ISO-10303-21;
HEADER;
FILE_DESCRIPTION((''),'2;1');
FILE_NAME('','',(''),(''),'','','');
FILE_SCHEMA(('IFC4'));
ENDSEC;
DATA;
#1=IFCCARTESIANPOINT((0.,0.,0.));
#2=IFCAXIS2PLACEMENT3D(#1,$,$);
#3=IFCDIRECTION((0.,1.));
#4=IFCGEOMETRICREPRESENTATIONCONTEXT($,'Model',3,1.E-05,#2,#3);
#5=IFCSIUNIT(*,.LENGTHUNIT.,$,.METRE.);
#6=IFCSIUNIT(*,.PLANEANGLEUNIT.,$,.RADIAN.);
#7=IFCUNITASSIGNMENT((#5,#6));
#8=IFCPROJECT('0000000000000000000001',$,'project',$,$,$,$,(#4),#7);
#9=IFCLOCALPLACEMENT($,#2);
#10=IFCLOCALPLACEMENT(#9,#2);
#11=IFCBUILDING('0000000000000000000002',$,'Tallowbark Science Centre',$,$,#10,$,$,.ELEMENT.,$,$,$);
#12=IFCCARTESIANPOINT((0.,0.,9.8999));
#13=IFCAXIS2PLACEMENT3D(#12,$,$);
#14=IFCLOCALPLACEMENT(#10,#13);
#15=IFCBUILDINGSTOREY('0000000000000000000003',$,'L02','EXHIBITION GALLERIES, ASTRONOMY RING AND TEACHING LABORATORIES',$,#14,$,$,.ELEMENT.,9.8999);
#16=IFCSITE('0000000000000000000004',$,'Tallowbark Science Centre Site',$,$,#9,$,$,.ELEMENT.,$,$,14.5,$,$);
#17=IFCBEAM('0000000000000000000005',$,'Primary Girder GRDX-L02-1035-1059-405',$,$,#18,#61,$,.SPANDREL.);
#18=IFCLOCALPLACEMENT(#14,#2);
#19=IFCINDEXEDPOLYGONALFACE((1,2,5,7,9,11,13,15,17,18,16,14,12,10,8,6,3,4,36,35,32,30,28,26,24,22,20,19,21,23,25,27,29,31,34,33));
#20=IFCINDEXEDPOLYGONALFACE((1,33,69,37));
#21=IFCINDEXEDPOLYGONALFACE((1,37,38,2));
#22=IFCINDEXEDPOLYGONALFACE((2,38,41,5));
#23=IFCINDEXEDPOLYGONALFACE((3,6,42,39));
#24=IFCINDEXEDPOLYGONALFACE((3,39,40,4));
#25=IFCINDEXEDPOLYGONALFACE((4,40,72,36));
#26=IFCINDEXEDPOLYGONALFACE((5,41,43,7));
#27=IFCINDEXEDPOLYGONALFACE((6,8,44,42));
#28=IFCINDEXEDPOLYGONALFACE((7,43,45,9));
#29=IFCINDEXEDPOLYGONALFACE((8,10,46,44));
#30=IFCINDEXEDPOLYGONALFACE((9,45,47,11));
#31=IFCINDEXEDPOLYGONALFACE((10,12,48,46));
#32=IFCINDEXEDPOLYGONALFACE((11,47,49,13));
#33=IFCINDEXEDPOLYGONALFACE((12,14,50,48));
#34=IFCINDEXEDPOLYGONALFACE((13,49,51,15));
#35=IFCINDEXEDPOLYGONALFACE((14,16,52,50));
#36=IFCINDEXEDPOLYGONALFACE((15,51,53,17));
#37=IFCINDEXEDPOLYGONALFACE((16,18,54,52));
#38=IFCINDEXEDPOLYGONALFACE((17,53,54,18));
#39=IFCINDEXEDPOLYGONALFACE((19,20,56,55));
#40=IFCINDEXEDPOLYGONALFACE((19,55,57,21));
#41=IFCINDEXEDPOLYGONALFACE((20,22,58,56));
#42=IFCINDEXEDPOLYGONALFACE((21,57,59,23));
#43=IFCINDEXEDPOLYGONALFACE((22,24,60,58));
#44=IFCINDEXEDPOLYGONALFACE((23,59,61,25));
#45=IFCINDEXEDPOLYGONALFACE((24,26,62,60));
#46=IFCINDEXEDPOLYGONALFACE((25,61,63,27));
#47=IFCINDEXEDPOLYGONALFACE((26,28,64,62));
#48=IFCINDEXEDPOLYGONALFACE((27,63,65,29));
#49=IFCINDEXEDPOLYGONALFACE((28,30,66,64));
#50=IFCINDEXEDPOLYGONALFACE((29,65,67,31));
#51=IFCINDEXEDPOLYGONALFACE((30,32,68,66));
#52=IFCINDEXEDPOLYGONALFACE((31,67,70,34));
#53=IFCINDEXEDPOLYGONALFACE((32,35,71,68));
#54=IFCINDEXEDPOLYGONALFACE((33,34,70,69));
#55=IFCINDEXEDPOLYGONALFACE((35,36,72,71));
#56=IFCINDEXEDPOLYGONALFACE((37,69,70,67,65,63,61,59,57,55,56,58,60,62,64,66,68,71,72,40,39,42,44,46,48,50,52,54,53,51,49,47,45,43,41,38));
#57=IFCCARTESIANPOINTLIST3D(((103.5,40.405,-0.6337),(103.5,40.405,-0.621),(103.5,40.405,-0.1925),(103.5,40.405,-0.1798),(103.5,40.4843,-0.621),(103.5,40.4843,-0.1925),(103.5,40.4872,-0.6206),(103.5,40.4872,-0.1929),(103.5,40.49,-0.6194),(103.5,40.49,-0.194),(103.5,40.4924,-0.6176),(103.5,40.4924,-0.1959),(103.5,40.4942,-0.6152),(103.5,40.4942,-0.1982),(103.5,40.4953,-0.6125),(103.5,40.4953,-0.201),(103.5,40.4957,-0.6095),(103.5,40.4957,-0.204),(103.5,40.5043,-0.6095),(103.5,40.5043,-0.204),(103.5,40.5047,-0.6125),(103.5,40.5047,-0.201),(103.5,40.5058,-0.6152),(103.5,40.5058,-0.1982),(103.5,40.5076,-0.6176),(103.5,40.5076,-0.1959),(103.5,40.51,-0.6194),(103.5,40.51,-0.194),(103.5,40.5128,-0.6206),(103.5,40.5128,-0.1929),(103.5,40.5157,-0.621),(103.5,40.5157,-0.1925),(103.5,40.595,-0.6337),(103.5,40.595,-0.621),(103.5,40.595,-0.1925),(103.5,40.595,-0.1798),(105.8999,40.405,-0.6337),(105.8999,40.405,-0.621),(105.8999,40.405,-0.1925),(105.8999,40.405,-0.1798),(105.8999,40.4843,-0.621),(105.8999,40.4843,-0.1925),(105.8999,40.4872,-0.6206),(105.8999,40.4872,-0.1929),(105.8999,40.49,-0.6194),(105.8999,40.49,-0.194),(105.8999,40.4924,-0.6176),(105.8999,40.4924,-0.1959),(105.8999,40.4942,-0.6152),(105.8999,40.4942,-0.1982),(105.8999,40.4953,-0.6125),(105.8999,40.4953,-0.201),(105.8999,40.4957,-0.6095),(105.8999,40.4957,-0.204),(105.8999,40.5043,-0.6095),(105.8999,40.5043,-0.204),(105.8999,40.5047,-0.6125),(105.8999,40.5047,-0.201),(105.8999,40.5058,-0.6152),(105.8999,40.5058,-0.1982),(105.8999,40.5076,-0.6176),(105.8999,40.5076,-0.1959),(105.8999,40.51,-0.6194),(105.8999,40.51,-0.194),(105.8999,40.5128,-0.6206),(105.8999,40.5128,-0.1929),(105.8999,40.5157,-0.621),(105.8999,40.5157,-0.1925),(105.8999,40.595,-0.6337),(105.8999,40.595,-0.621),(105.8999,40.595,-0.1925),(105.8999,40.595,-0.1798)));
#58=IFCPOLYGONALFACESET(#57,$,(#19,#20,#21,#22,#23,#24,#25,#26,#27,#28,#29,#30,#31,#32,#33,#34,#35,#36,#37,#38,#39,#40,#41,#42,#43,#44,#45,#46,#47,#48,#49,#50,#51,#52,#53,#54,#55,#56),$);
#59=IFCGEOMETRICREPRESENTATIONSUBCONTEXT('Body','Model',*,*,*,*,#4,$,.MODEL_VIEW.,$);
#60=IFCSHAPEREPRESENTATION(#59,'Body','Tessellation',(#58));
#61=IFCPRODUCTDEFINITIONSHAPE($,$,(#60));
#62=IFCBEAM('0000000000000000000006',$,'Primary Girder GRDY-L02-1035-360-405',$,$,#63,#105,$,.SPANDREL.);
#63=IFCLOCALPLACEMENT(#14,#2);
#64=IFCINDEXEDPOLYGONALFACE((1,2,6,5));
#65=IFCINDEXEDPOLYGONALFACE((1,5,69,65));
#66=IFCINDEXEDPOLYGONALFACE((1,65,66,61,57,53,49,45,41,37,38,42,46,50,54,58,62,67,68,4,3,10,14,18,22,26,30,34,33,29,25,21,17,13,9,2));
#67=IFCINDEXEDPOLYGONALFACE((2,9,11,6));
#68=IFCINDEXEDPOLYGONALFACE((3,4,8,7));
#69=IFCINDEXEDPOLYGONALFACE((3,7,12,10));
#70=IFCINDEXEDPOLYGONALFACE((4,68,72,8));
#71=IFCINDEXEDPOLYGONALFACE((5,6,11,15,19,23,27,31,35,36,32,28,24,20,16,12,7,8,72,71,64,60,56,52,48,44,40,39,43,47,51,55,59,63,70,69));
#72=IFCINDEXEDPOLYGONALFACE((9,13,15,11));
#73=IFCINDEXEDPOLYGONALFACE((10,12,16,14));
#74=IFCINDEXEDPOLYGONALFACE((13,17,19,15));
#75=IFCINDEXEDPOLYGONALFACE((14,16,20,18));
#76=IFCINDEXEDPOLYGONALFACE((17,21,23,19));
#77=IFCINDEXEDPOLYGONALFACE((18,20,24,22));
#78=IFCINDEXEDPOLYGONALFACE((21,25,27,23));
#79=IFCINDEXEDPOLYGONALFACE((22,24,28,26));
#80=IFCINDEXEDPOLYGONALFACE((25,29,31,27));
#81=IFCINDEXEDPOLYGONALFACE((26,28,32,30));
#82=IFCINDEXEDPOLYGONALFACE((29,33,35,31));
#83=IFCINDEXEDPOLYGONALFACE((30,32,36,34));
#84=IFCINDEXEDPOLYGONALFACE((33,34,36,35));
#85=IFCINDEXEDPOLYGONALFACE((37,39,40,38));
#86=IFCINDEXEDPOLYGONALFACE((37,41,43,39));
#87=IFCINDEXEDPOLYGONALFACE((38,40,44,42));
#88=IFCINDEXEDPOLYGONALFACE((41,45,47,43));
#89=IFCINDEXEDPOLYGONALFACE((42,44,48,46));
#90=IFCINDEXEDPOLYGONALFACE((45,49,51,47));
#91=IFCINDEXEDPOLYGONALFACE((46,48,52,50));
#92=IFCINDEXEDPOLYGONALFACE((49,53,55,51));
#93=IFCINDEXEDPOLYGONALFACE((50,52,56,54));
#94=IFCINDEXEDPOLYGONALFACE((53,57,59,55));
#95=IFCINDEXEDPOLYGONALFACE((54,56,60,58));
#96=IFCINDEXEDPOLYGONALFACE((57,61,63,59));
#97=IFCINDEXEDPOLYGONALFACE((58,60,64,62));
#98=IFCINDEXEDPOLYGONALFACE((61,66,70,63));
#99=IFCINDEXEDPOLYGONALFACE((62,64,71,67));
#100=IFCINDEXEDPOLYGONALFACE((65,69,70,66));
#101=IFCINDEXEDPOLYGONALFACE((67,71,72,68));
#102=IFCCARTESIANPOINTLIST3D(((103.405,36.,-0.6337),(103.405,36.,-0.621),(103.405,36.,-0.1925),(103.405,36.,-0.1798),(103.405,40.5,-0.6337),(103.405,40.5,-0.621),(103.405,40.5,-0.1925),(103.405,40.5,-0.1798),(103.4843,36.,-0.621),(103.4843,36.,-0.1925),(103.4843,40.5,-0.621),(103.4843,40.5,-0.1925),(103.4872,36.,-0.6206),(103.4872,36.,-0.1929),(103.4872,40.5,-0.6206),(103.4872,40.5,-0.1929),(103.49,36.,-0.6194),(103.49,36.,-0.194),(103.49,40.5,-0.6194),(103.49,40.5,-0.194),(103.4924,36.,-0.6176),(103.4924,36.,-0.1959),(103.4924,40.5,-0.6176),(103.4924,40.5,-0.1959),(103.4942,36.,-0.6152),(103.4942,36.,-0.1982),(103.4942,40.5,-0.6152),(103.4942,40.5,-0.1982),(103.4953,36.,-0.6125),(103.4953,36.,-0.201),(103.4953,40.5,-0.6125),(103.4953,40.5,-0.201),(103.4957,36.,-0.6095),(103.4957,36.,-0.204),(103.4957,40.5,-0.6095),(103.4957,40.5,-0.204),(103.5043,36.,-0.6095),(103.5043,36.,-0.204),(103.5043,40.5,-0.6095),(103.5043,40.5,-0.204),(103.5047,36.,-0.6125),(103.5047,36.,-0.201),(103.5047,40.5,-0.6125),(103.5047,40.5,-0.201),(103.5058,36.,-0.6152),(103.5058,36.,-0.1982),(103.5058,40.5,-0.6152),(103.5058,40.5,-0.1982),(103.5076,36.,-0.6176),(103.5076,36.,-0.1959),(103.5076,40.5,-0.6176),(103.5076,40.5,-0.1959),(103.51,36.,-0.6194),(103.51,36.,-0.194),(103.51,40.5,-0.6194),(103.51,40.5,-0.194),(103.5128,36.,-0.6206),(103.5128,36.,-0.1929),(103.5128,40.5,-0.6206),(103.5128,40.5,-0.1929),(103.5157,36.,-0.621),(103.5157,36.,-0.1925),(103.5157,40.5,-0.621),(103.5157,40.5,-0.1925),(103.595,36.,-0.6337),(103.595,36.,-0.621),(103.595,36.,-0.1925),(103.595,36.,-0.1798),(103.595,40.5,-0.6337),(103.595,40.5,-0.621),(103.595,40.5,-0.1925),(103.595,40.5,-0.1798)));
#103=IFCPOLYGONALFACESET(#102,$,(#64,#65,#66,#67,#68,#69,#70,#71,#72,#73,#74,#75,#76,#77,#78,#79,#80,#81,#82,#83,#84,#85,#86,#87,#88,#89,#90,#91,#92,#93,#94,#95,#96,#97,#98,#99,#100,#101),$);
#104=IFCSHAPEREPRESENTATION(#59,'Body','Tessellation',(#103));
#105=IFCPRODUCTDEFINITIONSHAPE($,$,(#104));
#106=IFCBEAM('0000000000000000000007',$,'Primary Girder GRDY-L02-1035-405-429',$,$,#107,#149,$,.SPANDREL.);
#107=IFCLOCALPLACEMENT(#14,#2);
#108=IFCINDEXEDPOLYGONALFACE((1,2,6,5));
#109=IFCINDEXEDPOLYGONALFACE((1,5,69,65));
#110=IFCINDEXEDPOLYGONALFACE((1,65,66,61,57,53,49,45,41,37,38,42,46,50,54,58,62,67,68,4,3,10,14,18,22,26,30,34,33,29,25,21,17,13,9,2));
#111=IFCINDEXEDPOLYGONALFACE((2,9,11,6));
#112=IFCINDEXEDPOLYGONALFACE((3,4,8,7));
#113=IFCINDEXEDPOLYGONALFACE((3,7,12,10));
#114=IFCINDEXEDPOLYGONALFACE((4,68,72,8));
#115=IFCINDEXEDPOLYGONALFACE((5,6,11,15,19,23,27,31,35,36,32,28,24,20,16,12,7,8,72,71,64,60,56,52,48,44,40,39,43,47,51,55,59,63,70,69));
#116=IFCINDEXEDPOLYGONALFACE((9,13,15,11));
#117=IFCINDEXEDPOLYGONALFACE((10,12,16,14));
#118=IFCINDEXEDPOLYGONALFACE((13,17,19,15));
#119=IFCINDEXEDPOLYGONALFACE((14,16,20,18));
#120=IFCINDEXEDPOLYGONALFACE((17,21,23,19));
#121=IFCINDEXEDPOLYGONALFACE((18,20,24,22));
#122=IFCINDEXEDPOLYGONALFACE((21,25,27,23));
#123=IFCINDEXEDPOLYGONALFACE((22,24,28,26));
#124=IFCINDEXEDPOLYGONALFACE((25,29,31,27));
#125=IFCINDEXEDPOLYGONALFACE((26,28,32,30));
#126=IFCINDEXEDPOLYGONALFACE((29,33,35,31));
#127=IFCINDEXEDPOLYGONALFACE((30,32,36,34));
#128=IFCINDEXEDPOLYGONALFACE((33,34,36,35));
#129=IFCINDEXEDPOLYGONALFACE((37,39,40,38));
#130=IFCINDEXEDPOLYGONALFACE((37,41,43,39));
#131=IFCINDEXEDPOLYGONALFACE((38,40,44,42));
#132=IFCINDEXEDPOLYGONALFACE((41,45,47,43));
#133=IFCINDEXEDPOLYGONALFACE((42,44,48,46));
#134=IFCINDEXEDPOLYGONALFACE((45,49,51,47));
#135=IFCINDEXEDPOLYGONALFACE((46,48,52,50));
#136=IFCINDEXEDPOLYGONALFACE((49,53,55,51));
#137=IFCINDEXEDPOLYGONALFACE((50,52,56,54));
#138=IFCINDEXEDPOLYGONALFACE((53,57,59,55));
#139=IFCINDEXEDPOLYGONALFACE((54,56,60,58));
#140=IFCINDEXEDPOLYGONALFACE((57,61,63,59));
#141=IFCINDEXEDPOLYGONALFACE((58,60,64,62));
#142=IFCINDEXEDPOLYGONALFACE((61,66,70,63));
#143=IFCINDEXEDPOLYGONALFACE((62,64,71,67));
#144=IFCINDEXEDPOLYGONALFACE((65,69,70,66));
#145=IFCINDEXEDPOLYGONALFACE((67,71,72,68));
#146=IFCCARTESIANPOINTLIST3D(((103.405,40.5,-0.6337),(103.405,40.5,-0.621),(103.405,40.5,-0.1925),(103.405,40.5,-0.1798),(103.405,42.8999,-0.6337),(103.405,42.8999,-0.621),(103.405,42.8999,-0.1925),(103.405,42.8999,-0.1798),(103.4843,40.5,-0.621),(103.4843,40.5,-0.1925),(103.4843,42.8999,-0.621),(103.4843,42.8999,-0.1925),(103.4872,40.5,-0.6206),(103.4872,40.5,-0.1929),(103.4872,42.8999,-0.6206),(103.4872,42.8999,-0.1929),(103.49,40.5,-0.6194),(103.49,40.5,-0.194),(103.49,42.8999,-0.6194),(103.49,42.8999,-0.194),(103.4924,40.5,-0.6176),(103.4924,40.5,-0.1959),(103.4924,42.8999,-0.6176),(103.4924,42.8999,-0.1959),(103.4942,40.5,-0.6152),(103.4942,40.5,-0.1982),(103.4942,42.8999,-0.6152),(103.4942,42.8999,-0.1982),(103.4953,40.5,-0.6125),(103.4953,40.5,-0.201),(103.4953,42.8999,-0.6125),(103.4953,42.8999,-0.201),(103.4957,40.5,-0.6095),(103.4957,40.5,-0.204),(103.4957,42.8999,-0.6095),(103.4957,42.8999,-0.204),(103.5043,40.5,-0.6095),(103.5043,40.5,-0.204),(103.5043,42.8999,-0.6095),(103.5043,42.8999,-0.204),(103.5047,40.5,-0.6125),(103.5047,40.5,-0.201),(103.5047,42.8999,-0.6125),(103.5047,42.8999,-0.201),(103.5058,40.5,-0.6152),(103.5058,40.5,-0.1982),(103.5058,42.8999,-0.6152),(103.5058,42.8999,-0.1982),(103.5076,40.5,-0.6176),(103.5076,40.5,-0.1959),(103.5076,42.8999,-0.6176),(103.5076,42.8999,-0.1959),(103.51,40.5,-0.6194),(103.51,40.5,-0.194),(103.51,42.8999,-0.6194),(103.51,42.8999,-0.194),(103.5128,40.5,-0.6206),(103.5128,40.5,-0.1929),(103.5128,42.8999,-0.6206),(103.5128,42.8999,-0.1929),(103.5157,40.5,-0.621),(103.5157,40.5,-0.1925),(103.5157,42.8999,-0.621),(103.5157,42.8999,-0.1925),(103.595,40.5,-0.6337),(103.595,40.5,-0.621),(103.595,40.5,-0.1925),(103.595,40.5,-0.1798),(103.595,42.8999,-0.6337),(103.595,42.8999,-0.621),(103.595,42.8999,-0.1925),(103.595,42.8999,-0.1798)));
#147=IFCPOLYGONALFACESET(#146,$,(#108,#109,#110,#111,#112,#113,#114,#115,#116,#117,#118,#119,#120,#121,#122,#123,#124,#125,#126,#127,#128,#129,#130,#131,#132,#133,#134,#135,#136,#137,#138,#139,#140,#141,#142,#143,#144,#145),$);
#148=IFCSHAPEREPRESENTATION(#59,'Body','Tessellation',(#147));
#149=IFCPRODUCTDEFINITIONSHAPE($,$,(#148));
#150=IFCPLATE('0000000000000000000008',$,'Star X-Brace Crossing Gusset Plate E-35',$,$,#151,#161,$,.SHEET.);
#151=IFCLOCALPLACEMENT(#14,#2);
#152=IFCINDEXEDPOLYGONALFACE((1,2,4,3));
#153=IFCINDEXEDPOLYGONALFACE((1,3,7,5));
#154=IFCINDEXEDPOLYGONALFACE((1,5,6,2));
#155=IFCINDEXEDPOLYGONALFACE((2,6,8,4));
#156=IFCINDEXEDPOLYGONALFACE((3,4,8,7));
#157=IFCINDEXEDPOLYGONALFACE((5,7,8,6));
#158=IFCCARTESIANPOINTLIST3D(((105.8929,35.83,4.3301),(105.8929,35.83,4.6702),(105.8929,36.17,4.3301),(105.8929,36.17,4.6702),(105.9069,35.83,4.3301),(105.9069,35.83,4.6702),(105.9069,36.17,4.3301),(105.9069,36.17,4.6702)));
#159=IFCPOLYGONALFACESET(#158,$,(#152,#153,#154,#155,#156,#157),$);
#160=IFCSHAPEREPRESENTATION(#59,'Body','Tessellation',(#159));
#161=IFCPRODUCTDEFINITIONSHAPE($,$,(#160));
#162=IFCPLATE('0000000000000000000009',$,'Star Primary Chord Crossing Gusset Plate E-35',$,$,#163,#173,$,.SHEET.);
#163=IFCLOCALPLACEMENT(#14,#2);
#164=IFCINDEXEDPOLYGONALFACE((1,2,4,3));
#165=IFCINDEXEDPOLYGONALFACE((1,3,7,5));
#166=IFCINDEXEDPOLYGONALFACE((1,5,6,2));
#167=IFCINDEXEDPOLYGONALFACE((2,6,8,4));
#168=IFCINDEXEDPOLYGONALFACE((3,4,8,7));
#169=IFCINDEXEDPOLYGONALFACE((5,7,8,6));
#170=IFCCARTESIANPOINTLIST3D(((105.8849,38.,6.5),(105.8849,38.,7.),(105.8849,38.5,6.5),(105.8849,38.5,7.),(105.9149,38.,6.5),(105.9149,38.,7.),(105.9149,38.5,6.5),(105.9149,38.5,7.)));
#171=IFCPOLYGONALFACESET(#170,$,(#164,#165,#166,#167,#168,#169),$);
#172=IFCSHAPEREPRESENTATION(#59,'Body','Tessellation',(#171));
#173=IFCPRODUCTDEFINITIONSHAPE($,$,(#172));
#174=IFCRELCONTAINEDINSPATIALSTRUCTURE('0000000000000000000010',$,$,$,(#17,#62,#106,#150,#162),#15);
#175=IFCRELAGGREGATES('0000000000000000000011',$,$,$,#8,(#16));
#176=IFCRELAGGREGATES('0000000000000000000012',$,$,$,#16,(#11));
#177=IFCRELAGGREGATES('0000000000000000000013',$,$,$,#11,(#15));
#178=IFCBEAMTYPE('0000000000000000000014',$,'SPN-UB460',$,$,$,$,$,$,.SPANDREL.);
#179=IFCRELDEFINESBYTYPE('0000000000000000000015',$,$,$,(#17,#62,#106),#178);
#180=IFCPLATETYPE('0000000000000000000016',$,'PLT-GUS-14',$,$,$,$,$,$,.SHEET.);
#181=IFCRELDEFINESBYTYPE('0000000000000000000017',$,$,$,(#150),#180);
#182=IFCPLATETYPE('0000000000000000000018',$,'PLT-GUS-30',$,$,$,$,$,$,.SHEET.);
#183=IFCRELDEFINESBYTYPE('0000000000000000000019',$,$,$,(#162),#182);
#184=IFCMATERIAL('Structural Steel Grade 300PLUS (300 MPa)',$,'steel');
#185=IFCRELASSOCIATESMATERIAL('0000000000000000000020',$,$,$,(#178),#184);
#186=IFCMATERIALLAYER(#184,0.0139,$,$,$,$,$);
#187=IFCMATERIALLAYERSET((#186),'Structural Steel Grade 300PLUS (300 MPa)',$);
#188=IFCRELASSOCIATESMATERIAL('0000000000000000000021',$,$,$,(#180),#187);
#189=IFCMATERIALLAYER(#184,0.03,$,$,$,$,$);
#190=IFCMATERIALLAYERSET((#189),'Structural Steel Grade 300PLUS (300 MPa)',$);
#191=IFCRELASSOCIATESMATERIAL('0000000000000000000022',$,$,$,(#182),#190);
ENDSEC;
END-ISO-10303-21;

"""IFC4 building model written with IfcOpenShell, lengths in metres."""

from ifc_helpers import new_model, si_unit, direction, frame, origin, origin_2d, place, context, subcontext, project, spatial, rectangle, i_section, extrude, material, layer, layer_set, material_profile, profile_set, type_object, element, save


model = new_model("IFC4")

# Units and contexts
model_context = context("Model", 3, precision=1e-05, world=origin(), true_north=direction((0.0, 1.0)))
body_context = subcontext(model_context, "Body", "Model", "MODEL_VIEW")
ifc_project = project(units=[si_unit("LENGTHUNIT", "METRE"), si_unit("PLANEANGLEUNIT", "RADIAN")], contexts=[model_context])

# Site, building, storey
site_placement = place(None, origin())
site = spatial("IfcSite", under=ifc_project, at=site_placement, Name="Tallowbark Science Centre Site", CompositionType="ELEMENT", RefElevation=14.5)
building_placement = place(site_placement, origin())
building = spatial("IfcBuilding", under=site, at=building_placement, Name="Tallowbark Science Centre", CompositionType="ELEMENT")
storey_placement = place(building_placement, frame((0.0, 0.0, 9.8999)))
storey = spatial("IfcBuildingStorey", under=building, at=storey_placement, Name="L02", Description="EXHIBITION GALLERIES, ASTRONOMY RING AND TEACHING LABORATORIES", CompositionType="ELEMENT", Elevation=9.8999)

# Shared definitions
ifc_material_1 = material(Name="Structural Steel Grade 300PLUS (300 MPa)", Category="steel")

# Beams
ifc_material_profile_1 = material_profile(ifc_material_1, i_section(OverallWidth=0.1899, OverallDepth=0.4539, WebThickness=0.0085, FlangeThickness=0.0127, FilletRadius=0.0115, at=origin_2d()), Name="460UB67.1")
ifc_profile_set_1 = profile_set([ifc_material_profile_1], Name="Structural Steel Grade 300PLUS (300 MPa)")
beam_type_1 = type_object("IfcBeamType", Name="SPN-UB460", PredefinedType="SPANDREL", material=ifc_profile_set_1)
beam_1_placement = place(storey_placement, frame((103.5, 40.5, -0.4067), z_axis=(1.0, 0.0, 0.0), x_axis=(0.0, 1.0, 0.0)))
element("IfcBeam", 1, at=beam_1_placement, inside=storey, type_object=beam_type_1, Name="Primary Girder GRDX-L02-1035-1059-405", PredefinedType="SPANDREL", context=body_context, shape_type="SweptSolid", body=[
    extrude(i_section(OverallWidth=0.1899, OverallDepth=0.4539, WebThickness=0.0085, FlangeThickness=0.0127, FilletRadius=0.0115, at=origin_2d()), origin(), (0.0, 0.0, 1.0), 2.3999),
])
beam_2_placement = place(storey_placement, frame((103.5, 36.0, -0.4067), z_axis=(0.0, 1.0, 0.0), x_axis=(-1.0, 0.0, 0.0)))
element("IfcBeam", 2, at=beam_2_placement, inside=storey, type_object=beam_type_1, Name="Primary Girder GRDY-L02-1035-360-405", PredefinedType="SPANDREL", context=body_context, shape_type="SweptSolid", body=[
    extrude(i_section(OverallWidth=0.1899, OverallDepth=0.4539, WebThickness=0.0085, FlangeThickness=0.0127, FilletRadius=0.0115, at=origin_2d()), origin(), (0.0, 0.0, 1.0), 4.5),
])
beam_3_placement = place(storey_placement, frame((103.5, 40.5, -0.4067), z_axis=(0.0, 1.0, 0.0), x_axis=(-1.0, 0.0, 0.0)))
element("IfcBeam", 3, at=beam_3_placement, inside=storey, type_object=beam_type_1, Name="Primary Girder GRDY-L02-1035-405-429", PredefinedType="SPANDREL", context=body_context, shape_type="SweptSolid", body=[
    extrude(i_section(OverallWidth=0.1899, OverallDepth=0.4539, WebThickness=0.0085, FlangeThickness=0.0127, FilletRadius=0.0115, at=origin_2d()), origin(), (0.0, 0.0, 1.0), 2.3999),
])

# Plates
ifc_layer_1 = layer(ifc_material_1, 0.0139)
ifc_layer_set_1 = layer_set([ifc_layer_1], Name="Structural Steel Grade 300PLUS (300 MPa)")
plate_type_1 = type_object("IfcPlateType", Name="PLT-GUS-14", PredefinedType="SHEET", material=ifc_layer_set_1)
plate_1_placement = place(storey_placement, frame((105.8999, 36.0, 4.3301), z_axis=(0.0, 0.0, 1.0), x_axis=(0.0, 1.0, 0.0)))
element("IfcPlate", 4, at=plate_1_placement, inside=storey, type_object=plate_type_1, Name="Star X-Brace Crossing Gusset Plate E-35", PredefinedType="SHEET", context=body_context, shape_type="SweptSolid", body=[
    extrude(rectangle(XDim=0.3401, YDim=0.0139, at=origin_2d()), origin(), (0.0, 0.0, 1.0), 0.3401),
])
ifc_layer_2 = layer(ifc_material_1, 0.03)
ifc_layer_set_2 = layer_set([ifc_layer_2], Name="Structural Steel Grade 300PLUS (300 MPa)")
plate_type_2 = type_object("IfcPlateType", Name="PLT-GUS-30", PredefinedType="SHEET", material=ifc_layer_set_2)
plate_2_placement = place(storey_placement, frame((105.8999, 38.25, 6.5), z_axis=(0.0, 0.0, 1.0), x_axis=(0.0, 1.0, 0.0)))
element("IfcPlate", 5, at=plate_2_placement, inside=storey, type_object=plate_type_2, Name="Star Primary Chord Crossing Gusset Plate E-35", PredefinedType="SHEET", context=body_context, shape_type="SweptSolid", body=[
    extrude(rectangle(XDim=0.5, YDim=0.03, at=origin_2d()), origin(), (0.0, 0.0, 1.0), 0.5),
])

save(model, "model.ifc")
